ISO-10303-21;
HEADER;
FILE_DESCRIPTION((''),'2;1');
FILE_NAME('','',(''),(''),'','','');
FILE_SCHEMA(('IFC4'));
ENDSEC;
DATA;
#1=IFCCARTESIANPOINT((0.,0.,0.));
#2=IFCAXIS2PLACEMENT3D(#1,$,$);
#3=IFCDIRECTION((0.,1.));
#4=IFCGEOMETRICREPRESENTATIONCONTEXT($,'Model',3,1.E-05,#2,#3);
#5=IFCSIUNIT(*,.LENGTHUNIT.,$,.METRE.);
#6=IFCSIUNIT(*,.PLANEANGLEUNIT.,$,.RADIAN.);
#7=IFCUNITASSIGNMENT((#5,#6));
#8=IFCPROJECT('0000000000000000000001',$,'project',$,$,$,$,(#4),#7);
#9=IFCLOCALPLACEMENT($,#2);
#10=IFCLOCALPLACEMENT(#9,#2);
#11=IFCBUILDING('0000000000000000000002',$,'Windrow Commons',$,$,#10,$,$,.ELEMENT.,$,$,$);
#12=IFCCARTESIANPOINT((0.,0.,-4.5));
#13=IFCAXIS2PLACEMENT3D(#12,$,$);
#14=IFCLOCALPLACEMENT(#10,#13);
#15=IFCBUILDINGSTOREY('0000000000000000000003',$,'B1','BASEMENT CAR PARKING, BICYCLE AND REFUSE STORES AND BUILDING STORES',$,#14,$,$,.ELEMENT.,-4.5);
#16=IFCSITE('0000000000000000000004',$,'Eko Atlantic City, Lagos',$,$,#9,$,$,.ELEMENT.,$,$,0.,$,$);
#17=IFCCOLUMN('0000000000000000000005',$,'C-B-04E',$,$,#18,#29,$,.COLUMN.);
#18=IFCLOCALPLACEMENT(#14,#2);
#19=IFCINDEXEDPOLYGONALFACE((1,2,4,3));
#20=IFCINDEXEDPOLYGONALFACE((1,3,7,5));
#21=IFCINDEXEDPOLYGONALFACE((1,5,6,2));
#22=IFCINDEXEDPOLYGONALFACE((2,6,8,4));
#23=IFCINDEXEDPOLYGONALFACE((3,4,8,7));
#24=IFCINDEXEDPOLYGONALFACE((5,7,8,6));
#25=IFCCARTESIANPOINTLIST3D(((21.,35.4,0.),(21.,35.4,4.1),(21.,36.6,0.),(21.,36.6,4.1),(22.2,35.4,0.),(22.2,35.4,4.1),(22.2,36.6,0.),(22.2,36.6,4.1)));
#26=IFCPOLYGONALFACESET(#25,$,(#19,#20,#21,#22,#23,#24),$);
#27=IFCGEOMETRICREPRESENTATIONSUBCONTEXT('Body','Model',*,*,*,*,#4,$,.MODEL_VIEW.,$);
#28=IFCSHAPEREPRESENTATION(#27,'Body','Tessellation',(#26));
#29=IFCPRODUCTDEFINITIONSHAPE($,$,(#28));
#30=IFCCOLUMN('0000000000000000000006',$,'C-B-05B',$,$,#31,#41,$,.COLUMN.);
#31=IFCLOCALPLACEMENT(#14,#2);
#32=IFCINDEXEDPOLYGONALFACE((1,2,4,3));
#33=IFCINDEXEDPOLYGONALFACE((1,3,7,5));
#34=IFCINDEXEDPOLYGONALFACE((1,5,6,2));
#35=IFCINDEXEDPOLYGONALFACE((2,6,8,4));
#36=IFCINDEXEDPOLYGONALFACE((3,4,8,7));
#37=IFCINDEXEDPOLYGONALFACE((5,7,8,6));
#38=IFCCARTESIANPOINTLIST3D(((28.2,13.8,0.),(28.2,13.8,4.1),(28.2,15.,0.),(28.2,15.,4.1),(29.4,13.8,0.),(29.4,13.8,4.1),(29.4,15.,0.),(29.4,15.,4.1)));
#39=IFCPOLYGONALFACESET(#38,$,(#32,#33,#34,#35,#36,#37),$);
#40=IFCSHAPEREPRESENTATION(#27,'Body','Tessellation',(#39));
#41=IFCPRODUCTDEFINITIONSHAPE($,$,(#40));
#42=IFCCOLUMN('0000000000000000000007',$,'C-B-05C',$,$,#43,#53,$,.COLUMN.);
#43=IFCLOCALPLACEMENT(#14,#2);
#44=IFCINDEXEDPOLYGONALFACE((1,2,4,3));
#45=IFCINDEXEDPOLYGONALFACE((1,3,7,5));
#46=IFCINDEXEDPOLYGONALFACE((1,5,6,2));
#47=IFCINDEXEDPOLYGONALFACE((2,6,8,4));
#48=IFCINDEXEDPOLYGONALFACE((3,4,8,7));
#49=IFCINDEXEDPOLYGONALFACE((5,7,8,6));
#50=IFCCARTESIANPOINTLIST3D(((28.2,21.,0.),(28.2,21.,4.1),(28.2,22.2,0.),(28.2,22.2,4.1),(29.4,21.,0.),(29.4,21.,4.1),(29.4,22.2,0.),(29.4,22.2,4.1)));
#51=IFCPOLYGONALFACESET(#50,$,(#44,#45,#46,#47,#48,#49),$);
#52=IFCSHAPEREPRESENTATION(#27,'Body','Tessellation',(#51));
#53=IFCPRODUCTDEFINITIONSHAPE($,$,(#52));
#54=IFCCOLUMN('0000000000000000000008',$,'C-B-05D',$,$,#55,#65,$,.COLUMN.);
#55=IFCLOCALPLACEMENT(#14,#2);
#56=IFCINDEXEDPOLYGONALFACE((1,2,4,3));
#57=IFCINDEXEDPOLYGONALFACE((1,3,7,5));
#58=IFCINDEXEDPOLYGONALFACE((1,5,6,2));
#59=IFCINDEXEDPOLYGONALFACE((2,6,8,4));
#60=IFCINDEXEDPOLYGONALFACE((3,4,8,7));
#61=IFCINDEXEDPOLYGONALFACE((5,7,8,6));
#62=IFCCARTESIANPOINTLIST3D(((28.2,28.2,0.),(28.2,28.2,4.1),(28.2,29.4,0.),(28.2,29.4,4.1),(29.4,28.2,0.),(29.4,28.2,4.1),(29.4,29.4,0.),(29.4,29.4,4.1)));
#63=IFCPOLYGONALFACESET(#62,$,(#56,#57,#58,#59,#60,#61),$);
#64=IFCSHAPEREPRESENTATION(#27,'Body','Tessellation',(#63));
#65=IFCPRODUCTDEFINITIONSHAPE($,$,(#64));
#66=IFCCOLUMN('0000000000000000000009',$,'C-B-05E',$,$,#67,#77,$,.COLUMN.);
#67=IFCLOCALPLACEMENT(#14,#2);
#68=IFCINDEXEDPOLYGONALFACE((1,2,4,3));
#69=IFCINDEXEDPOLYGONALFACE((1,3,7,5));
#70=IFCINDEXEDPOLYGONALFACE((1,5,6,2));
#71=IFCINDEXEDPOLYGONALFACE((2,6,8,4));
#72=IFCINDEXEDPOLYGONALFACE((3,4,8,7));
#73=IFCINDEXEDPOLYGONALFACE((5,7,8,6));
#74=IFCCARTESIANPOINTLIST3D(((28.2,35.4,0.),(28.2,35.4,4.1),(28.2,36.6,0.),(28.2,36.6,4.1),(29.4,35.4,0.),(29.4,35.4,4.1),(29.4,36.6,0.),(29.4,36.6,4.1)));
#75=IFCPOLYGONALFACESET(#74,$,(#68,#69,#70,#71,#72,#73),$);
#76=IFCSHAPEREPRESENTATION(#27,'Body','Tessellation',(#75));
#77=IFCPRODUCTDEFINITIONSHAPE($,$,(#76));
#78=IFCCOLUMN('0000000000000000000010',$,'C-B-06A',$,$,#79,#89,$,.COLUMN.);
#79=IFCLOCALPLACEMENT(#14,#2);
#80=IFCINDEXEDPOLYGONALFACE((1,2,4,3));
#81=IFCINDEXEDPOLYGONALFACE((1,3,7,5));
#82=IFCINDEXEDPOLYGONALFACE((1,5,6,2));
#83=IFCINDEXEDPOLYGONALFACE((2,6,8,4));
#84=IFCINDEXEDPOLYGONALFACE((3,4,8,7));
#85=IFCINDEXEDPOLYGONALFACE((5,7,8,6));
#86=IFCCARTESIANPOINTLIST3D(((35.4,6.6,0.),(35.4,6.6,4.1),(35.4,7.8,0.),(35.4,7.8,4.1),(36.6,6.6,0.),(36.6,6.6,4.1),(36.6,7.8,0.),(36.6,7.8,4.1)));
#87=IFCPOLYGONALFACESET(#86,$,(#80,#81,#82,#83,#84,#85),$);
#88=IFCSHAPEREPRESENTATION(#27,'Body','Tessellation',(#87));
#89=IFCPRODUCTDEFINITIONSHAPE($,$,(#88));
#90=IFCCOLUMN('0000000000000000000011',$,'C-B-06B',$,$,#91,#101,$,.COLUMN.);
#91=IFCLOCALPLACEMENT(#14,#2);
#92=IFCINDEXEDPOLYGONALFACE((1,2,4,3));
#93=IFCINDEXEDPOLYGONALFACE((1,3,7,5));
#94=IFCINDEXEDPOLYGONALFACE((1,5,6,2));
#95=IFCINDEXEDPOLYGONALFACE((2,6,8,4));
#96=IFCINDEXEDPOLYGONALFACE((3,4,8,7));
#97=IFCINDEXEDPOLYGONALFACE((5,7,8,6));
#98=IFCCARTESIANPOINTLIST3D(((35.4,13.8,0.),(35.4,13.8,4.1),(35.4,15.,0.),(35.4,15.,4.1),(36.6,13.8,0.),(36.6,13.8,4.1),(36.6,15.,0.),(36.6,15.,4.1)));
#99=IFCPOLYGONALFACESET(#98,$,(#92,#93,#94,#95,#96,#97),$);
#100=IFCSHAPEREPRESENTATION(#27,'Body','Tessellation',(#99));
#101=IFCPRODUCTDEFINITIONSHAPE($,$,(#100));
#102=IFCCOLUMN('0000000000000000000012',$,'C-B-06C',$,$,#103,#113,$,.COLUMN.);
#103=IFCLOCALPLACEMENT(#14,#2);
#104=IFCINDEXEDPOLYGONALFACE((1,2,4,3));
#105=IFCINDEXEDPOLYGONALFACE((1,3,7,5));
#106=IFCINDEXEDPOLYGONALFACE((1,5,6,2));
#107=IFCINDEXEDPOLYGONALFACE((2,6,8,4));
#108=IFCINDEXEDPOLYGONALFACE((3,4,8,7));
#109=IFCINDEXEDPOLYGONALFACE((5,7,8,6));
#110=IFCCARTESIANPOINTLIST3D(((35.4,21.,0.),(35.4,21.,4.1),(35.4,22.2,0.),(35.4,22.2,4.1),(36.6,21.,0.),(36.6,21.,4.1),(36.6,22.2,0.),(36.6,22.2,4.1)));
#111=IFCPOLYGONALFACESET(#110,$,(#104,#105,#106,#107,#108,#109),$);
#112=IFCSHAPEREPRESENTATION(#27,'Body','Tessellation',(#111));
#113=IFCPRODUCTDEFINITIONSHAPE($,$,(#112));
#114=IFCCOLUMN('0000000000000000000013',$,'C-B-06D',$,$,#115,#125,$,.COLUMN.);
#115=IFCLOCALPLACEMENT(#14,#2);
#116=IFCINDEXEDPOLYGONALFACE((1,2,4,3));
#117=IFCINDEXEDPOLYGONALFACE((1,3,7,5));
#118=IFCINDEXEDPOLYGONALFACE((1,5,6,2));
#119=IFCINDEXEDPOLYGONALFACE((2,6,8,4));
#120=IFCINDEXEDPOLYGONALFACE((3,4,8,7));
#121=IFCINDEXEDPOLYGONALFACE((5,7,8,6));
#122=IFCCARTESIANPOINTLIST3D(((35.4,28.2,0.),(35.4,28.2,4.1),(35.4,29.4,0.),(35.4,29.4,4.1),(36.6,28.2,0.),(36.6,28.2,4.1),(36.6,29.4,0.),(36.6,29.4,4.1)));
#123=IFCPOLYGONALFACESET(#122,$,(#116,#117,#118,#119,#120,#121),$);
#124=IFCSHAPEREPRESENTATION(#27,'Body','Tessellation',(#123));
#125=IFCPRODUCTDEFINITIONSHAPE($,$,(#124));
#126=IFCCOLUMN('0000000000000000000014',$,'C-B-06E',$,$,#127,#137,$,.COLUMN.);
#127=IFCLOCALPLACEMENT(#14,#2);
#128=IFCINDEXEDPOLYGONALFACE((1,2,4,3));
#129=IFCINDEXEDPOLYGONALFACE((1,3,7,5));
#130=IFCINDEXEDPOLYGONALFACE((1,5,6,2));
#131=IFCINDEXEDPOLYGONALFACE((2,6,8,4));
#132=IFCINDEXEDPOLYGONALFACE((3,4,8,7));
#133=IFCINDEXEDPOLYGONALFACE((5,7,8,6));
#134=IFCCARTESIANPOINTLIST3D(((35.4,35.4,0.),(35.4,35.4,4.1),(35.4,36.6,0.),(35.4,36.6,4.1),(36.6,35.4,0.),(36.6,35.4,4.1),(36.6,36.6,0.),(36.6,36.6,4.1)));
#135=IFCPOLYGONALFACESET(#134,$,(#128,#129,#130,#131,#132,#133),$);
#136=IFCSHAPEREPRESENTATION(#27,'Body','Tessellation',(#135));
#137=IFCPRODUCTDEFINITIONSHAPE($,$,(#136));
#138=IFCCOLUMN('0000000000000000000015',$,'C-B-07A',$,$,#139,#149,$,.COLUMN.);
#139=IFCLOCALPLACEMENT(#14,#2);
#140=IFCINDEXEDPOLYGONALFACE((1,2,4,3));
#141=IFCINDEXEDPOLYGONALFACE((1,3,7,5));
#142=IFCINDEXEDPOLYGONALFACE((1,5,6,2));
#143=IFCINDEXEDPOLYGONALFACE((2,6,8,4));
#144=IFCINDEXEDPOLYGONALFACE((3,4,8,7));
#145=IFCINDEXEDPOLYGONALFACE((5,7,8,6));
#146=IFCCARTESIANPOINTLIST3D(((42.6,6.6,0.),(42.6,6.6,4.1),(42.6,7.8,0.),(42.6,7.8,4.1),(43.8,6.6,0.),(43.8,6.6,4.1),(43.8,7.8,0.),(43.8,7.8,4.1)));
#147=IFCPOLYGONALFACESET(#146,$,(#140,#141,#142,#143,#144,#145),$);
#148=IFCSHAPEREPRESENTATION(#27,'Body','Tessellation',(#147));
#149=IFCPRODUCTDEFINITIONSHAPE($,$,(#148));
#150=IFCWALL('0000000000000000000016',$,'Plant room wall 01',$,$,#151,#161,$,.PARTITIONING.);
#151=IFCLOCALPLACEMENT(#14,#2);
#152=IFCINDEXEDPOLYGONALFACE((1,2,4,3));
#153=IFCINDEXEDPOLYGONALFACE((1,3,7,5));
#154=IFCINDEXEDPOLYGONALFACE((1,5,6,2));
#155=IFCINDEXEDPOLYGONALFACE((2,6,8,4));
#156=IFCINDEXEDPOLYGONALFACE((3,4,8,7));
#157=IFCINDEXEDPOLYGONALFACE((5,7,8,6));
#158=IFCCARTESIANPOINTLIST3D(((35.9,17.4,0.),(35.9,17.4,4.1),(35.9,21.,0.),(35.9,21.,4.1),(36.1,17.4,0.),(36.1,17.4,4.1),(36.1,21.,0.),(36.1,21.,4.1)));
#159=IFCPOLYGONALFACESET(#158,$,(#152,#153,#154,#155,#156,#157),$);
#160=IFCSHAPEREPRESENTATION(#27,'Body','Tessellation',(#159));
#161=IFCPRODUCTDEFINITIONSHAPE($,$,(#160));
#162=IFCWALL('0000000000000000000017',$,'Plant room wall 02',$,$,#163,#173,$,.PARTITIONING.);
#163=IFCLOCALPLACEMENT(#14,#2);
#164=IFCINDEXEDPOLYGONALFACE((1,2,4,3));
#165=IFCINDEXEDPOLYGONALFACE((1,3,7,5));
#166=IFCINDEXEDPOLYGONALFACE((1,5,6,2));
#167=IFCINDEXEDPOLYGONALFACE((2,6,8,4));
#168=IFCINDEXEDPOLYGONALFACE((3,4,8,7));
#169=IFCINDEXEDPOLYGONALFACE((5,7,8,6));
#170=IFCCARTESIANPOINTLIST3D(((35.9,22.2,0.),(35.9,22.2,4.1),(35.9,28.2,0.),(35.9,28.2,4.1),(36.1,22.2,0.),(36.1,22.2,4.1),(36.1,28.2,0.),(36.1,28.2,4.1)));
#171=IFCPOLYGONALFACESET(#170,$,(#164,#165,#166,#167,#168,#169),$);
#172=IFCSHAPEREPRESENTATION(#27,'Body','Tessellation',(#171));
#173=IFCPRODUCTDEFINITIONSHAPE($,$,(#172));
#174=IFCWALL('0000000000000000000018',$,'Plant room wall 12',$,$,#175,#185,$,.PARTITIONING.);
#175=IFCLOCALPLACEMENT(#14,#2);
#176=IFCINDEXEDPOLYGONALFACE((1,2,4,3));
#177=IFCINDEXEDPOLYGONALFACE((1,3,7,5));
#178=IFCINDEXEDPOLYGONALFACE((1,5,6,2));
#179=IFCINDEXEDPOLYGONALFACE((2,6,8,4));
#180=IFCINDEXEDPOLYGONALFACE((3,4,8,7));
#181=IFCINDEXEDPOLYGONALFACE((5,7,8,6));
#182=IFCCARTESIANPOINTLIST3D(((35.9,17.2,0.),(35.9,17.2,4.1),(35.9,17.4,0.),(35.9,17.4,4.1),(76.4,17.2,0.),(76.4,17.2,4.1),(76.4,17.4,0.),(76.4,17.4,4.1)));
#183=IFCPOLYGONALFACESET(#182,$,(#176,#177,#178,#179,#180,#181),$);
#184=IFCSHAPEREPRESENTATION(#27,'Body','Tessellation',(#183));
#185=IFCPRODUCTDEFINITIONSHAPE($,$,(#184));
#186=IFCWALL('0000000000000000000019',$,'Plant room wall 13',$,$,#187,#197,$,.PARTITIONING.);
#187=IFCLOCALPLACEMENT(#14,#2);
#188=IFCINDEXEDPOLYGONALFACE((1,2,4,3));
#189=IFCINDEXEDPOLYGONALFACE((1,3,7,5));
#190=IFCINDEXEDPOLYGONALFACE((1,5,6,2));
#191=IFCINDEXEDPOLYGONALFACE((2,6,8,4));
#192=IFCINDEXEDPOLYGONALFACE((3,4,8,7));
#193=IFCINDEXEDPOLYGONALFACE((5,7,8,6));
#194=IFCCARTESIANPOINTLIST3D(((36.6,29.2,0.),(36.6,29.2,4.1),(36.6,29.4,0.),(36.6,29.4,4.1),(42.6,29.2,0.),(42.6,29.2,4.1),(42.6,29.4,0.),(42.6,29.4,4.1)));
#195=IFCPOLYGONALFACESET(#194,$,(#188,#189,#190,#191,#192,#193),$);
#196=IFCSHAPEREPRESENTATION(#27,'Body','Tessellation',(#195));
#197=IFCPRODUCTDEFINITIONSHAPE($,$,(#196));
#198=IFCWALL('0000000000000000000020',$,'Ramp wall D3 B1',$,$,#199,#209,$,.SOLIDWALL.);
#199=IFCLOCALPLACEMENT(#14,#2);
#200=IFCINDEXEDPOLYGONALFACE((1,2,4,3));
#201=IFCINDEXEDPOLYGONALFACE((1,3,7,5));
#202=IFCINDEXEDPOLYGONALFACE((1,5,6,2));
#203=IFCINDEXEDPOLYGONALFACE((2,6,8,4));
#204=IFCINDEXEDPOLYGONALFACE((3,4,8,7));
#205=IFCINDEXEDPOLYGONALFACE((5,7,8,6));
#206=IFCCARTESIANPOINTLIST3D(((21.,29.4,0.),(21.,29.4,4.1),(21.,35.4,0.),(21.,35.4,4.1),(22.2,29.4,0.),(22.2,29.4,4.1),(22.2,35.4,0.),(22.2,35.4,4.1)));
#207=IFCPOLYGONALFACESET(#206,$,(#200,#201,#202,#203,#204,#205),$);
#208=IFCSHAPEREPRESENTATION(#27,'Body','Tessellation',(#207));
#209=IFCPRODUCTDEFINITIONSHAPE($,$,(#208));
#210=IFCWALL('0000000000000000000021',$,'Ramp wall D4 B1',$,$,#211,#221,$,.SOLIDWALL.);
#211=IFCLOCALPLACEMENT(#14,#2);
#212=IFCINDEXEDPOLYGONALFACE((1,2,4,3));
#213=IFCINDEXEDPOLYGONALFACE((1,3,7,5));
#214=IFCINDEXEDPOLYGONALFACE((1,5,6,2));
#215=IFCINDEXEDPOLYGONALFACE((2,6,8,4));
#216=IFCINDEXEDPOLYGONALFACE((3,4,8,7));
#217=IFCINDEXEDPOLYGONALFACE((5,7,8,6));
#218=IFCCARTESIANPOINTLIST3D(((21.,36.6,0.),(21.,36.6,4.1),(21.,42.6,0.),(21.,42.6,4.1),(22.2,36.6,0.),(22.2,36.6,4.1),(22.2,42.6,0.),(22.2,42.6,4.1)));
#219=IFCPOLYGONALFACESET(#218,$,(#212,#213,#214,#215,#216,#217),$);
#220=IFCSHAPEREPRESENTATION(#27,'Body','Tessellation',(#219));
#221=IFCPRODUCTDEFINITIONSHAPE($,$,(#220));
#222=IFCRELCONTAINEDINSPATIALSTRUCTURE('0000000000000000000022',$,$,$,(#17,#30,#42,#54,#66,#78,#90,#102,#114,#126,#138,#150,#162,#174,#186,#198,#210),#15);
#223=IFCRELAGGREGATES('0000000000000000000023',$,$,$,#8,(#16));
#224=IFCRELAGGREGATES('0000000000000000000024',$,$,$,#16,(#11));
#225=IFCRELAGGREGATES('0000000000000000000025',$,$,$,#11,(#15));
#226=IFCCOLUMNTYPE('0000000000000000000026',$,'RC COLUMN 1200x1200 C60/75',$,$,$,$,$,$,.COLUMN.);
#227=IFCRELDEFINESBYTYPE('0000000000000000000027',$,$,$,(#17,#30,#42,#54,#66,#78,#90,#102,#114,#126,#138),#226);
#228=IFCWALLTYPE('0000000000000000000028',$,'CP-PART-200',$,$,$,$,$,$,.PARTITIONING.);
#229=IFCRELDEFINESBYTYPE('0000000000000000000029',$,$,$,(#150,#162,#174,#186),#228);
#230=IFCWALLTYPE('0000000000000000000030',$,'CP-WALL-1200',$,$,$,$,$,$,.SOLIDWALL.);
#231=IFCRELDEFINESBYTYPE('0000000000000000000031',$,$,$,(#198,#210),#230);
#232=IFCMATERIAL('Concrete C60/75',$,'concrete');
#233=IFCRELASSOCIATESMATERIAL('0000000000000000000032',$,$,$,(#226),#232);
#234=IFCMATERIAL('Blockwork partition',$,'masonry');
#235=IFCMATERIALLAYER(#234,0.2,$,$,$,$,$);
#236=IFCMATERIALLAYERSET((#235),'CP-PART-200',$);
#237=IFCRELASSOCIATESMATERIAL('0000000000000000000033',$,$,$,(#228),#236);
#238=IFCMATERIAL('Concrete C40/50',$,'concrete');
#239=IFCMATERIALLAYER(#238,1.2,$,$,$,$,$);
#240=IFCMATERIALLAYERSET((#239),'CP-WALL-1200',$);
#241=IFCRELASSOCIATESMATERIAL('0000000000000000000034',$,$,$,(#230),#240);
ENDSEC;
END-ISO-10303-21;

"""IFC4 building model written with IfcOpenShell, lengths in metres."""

from ifc_helpers import new_model, si_unit, direction, frame, frame_2d, origin, origin_2d, place, context, subcontext, project, spatial, rectangle, extrude, material, layer, layer_set, material_profile, profile_set, type_object, element, save


model = new_model("IFC4")

# Units and contexts
model_context = context("Model", 3, precision=1e-05, world=origin(), true_north=direction((0.0, 1.0)))
body_context = subcontext(model_context, "Body", "Model", "MODEL_VIEW")
ifc_project = project(units=[si_unit("LENGTHUNIT", "METRE"), si_unit("PLANEANGLEUNIT", "RADIAN")], contexts=[model_context])

# Site, building, storey
site_placement = place(None, origin())
site = spatial("IfcSite", under=ifc_project, at=site_placement, Name="Eko Atlantic City, Lagos", CompositionType="ELEMENT", RefElevation=0.0)
building_placement = place(site_placement, origin())
building = spatial("IfcBuilding", under=site, at=building_placement, Name="Windrow Commons", CompositionType="ELEMENT")
storey_placement = place(building_placement, frame((0.0, 0.0, -4.5)))
storey = spatial("IfcBuildingStorey", under=building, at=storey_placement, Name="B1", Description="BASEMENT CAR PARKING, BICYCLE AND REFUSE STORES AND BUILDING STORES", CompositionType="ELEMENT", Elevation=-4.5)

# Columns
ifc_material_1 = material(Name="Concrete C60/75", Category="concrete")
ifc_material_profile = material_profile(ifc_material_1, rectangle(XDim=1.2, YDim=1.2, at=origin_2d()))
ifc_profile_set = profile_set([ifc_material_profile], Name="Concrete C60/75")
column_type = type_object("IfcColumnType", Name="RC COLUMN 1200x1200 C60/75", PredefinedType="COLUMN", material=ifc_profile_set)
for number, where, z_axis, x_axis, name in (
    (1, (21.6, 36.0, 0.0), (0.0, 0.0, 1.0), (1.0, 0.0, 0.0), "C-B-04E"),
    (2, (28.8, 14.4, 0.0), (0.0, 0.0, 1.0), (1.0, 0.0, 0.0), "C-B-05B"),
    (3, (28.8, 21.6, 0.0), (0.0, 0.0, 1.0), (1.0, 0.0, 0.0), "C-B-05C"),
    (4, (28.8, 28.8, 0.0), (0.0, 0.0, 1.0), (1.0, 0.0, 0.0), "C-B-05D"),
    (5, (28.8, 36.0, 0.0), (0.0, 0.0, 1.0), (1.0, 0.0, 0.0), "C-B-05E"),
    (6, (36.0, 7.2, 0.0), (0.0, 0.0, 1.0), (1.0, 0.0, 0.0), "C-B-06A"),
    (7, (36.0, 14.4, 0.0), (0.0, 0.0, 1.0), (1.0, 0.0, 0.0), "C-B-06B"),
    (8, (36.0, 21.6, 0.0), (0.0, 0.0, 1.0), (1.0, 0.0, 0.0), "C-B-06C"),
    (9, (36.0, 28.8, 0.0), (0.0, 0.0, 1.0), (1.0, 0.0, 0.0), "C-B-06D"),
    (10, (36.0, 36.0, 0.0), (0.0, 0.0, 1.0), (1.0, 0.0, 0.0), "C-B-06E"),
    (11, (43.2, 7.2, 0.0), (0.0, 0.0, 1.0), (1.0, 0.0, 0.0), "C-B-07A"),
):
    element("IfcColumn", number, at=place(storey_placement, frame(where, z_axis=z_axis, x_axis=x_axis)), inside=storey, type_object=column_type, Name=name, PredefinedType="COLUMN", context=body_context, shape_type="SweptSolid", body=[
        extrude(rectangle(XDim=1.2, YDim=1.2, at=origin_2d()), origin(), (0.0, 0.0, 1.0), 4.1),
    ])

# Walls
ifc_material_2 = material(Name="Blockwork partition", Category="masonry")
ifc_layer_1 = layer(ifc_material_2, 0.2)
ifc_layer_set_1 = layer_set([ifc_layer_1], Name="CP-PART-200")
wall_type_1 = type_object("IfcWallType", Name="CP-PART-200", PredefinedType="PARTITIONING", material=ifc_layer_set_1)
wall_1_placement = place(storey_placement, frame((36.0, 17.4, 0.0), z_axis=(0.0, 0.0, 1.0), x_axis=(0.0, 1.0, 0.0)))
element("IfcWall", 12, at=wall_1_placement, inside=storey, type_object=wall_type_1, Name="Plant room wall 01", PredefinedType="PARTITIONING", context=body_context, shape_type="SweptSolid", body=[
    extrude(rectangle(XDim=3.6, YDim=0.2, at=frame_2d((1.8, 0.0))), origin(), (0.0, 0.0, 1.0), 4.1),
])
wall_2_placement = place(storey_placement, frame((36.0, 22.2, 0.0), z_axis=(0.0, 0.0, 1.0), x_axis=(0.0, 1.0, 0.0)))
element("IfcWall", 13, at=wall_2_placement, inside=storey, type_object=wall_type_1, Name="Plant room wall 02", PredefinedType="PARTITIONING", context=body_context, shape_type="SweptSolid", body=[
    extrude(rectangle(XDim=6.0, YDim=0.2, at=frame_2d((3.0, 0.0))), origin(), (0.0, 0.0, 1.0), 4.1),
])
wall_3_placement = place(storey_placement, frame((35.9, 17.3, 0.0), z_axis=(0.0, 0.0, 1.0), x_axis=(1.0, 0.0, 0.0)))
element("IfcWall", 14, at=wall_3_placement, inside=storey, type_object=wall_type_1, Name="Plant room wall 12", PredefinedType="PARTITIONING", context=body_context, shape_type="SweptSolid", body=[
    extrude(rectangle(XDim=40.5, YDim=0.2, at=frame_2d((20.25, 0.0))), origin(), (0.0, 0.0, 1.0), 4.1),
])
wall_4_placement = place(storey_placement, frame((36.6, 29.3, 0.0), z_axis=(0.0, 0.0, 1.0), x_axis=(1.0, 0.0, 0.0)))
element("IfcWall", 15, at=wall_4_placement, inside=storey, type_object=wall_type_1, Name="Plant room wall 13", PredefinedType="PARTITIONING", context=body_context, shape_type="SweptSolid", body=[
    extrude(rectangle(XDim=6.0, YDim=0.2, at=frame_2d((3.0, 0.0))), origin(), (0.0, 0.0, 1.0), 4.1),
])
ifc_material_3 = material(Name="Concrete C40/50", Category="concrete")
ifc_layer_2 = layer(ifc_material_3, 1.2)
ifc_layer_set_2 = layer_set([ifc_layer_2], Name="CP-WALL-1200")
wall_type_2 = type_object("IfcWallType", Name="CP-WALL-1200", PredefinedType="SOLIDWALL", material=ifc_layer_set_2)
for number, where, z_axis, x_axis, name in (
    (16, (21.6, 29.4, 0.0), (0.0, 0.0, 1.0), (0.0, 1.0, 0.0), "Ramp wall D3 B1"),
    (17, (21.6, 36.6, 0.0), (0.0, 0.0, 1.0), (0.0, 1.0, 0.0), "Ramp wall D4 B1"),
):
    element("IfcWall", number, at=place(storey_placement, frame(where, z_axis=z_axis, x_axis=x_axis)), inside=storey, type_object=wall_type_2, Name=name, PredefinedType="SOLIDWALL", context=body_context, shape_type="SweptSolid", body=[
        extrude(rectangle(XDim=6.0, YDim=1.2, at=frame_2d((3.0, 0.0))), origin(), (0.0, 0.0, 1.0), 4.1),
    ])

save(model, "model.ifc")
